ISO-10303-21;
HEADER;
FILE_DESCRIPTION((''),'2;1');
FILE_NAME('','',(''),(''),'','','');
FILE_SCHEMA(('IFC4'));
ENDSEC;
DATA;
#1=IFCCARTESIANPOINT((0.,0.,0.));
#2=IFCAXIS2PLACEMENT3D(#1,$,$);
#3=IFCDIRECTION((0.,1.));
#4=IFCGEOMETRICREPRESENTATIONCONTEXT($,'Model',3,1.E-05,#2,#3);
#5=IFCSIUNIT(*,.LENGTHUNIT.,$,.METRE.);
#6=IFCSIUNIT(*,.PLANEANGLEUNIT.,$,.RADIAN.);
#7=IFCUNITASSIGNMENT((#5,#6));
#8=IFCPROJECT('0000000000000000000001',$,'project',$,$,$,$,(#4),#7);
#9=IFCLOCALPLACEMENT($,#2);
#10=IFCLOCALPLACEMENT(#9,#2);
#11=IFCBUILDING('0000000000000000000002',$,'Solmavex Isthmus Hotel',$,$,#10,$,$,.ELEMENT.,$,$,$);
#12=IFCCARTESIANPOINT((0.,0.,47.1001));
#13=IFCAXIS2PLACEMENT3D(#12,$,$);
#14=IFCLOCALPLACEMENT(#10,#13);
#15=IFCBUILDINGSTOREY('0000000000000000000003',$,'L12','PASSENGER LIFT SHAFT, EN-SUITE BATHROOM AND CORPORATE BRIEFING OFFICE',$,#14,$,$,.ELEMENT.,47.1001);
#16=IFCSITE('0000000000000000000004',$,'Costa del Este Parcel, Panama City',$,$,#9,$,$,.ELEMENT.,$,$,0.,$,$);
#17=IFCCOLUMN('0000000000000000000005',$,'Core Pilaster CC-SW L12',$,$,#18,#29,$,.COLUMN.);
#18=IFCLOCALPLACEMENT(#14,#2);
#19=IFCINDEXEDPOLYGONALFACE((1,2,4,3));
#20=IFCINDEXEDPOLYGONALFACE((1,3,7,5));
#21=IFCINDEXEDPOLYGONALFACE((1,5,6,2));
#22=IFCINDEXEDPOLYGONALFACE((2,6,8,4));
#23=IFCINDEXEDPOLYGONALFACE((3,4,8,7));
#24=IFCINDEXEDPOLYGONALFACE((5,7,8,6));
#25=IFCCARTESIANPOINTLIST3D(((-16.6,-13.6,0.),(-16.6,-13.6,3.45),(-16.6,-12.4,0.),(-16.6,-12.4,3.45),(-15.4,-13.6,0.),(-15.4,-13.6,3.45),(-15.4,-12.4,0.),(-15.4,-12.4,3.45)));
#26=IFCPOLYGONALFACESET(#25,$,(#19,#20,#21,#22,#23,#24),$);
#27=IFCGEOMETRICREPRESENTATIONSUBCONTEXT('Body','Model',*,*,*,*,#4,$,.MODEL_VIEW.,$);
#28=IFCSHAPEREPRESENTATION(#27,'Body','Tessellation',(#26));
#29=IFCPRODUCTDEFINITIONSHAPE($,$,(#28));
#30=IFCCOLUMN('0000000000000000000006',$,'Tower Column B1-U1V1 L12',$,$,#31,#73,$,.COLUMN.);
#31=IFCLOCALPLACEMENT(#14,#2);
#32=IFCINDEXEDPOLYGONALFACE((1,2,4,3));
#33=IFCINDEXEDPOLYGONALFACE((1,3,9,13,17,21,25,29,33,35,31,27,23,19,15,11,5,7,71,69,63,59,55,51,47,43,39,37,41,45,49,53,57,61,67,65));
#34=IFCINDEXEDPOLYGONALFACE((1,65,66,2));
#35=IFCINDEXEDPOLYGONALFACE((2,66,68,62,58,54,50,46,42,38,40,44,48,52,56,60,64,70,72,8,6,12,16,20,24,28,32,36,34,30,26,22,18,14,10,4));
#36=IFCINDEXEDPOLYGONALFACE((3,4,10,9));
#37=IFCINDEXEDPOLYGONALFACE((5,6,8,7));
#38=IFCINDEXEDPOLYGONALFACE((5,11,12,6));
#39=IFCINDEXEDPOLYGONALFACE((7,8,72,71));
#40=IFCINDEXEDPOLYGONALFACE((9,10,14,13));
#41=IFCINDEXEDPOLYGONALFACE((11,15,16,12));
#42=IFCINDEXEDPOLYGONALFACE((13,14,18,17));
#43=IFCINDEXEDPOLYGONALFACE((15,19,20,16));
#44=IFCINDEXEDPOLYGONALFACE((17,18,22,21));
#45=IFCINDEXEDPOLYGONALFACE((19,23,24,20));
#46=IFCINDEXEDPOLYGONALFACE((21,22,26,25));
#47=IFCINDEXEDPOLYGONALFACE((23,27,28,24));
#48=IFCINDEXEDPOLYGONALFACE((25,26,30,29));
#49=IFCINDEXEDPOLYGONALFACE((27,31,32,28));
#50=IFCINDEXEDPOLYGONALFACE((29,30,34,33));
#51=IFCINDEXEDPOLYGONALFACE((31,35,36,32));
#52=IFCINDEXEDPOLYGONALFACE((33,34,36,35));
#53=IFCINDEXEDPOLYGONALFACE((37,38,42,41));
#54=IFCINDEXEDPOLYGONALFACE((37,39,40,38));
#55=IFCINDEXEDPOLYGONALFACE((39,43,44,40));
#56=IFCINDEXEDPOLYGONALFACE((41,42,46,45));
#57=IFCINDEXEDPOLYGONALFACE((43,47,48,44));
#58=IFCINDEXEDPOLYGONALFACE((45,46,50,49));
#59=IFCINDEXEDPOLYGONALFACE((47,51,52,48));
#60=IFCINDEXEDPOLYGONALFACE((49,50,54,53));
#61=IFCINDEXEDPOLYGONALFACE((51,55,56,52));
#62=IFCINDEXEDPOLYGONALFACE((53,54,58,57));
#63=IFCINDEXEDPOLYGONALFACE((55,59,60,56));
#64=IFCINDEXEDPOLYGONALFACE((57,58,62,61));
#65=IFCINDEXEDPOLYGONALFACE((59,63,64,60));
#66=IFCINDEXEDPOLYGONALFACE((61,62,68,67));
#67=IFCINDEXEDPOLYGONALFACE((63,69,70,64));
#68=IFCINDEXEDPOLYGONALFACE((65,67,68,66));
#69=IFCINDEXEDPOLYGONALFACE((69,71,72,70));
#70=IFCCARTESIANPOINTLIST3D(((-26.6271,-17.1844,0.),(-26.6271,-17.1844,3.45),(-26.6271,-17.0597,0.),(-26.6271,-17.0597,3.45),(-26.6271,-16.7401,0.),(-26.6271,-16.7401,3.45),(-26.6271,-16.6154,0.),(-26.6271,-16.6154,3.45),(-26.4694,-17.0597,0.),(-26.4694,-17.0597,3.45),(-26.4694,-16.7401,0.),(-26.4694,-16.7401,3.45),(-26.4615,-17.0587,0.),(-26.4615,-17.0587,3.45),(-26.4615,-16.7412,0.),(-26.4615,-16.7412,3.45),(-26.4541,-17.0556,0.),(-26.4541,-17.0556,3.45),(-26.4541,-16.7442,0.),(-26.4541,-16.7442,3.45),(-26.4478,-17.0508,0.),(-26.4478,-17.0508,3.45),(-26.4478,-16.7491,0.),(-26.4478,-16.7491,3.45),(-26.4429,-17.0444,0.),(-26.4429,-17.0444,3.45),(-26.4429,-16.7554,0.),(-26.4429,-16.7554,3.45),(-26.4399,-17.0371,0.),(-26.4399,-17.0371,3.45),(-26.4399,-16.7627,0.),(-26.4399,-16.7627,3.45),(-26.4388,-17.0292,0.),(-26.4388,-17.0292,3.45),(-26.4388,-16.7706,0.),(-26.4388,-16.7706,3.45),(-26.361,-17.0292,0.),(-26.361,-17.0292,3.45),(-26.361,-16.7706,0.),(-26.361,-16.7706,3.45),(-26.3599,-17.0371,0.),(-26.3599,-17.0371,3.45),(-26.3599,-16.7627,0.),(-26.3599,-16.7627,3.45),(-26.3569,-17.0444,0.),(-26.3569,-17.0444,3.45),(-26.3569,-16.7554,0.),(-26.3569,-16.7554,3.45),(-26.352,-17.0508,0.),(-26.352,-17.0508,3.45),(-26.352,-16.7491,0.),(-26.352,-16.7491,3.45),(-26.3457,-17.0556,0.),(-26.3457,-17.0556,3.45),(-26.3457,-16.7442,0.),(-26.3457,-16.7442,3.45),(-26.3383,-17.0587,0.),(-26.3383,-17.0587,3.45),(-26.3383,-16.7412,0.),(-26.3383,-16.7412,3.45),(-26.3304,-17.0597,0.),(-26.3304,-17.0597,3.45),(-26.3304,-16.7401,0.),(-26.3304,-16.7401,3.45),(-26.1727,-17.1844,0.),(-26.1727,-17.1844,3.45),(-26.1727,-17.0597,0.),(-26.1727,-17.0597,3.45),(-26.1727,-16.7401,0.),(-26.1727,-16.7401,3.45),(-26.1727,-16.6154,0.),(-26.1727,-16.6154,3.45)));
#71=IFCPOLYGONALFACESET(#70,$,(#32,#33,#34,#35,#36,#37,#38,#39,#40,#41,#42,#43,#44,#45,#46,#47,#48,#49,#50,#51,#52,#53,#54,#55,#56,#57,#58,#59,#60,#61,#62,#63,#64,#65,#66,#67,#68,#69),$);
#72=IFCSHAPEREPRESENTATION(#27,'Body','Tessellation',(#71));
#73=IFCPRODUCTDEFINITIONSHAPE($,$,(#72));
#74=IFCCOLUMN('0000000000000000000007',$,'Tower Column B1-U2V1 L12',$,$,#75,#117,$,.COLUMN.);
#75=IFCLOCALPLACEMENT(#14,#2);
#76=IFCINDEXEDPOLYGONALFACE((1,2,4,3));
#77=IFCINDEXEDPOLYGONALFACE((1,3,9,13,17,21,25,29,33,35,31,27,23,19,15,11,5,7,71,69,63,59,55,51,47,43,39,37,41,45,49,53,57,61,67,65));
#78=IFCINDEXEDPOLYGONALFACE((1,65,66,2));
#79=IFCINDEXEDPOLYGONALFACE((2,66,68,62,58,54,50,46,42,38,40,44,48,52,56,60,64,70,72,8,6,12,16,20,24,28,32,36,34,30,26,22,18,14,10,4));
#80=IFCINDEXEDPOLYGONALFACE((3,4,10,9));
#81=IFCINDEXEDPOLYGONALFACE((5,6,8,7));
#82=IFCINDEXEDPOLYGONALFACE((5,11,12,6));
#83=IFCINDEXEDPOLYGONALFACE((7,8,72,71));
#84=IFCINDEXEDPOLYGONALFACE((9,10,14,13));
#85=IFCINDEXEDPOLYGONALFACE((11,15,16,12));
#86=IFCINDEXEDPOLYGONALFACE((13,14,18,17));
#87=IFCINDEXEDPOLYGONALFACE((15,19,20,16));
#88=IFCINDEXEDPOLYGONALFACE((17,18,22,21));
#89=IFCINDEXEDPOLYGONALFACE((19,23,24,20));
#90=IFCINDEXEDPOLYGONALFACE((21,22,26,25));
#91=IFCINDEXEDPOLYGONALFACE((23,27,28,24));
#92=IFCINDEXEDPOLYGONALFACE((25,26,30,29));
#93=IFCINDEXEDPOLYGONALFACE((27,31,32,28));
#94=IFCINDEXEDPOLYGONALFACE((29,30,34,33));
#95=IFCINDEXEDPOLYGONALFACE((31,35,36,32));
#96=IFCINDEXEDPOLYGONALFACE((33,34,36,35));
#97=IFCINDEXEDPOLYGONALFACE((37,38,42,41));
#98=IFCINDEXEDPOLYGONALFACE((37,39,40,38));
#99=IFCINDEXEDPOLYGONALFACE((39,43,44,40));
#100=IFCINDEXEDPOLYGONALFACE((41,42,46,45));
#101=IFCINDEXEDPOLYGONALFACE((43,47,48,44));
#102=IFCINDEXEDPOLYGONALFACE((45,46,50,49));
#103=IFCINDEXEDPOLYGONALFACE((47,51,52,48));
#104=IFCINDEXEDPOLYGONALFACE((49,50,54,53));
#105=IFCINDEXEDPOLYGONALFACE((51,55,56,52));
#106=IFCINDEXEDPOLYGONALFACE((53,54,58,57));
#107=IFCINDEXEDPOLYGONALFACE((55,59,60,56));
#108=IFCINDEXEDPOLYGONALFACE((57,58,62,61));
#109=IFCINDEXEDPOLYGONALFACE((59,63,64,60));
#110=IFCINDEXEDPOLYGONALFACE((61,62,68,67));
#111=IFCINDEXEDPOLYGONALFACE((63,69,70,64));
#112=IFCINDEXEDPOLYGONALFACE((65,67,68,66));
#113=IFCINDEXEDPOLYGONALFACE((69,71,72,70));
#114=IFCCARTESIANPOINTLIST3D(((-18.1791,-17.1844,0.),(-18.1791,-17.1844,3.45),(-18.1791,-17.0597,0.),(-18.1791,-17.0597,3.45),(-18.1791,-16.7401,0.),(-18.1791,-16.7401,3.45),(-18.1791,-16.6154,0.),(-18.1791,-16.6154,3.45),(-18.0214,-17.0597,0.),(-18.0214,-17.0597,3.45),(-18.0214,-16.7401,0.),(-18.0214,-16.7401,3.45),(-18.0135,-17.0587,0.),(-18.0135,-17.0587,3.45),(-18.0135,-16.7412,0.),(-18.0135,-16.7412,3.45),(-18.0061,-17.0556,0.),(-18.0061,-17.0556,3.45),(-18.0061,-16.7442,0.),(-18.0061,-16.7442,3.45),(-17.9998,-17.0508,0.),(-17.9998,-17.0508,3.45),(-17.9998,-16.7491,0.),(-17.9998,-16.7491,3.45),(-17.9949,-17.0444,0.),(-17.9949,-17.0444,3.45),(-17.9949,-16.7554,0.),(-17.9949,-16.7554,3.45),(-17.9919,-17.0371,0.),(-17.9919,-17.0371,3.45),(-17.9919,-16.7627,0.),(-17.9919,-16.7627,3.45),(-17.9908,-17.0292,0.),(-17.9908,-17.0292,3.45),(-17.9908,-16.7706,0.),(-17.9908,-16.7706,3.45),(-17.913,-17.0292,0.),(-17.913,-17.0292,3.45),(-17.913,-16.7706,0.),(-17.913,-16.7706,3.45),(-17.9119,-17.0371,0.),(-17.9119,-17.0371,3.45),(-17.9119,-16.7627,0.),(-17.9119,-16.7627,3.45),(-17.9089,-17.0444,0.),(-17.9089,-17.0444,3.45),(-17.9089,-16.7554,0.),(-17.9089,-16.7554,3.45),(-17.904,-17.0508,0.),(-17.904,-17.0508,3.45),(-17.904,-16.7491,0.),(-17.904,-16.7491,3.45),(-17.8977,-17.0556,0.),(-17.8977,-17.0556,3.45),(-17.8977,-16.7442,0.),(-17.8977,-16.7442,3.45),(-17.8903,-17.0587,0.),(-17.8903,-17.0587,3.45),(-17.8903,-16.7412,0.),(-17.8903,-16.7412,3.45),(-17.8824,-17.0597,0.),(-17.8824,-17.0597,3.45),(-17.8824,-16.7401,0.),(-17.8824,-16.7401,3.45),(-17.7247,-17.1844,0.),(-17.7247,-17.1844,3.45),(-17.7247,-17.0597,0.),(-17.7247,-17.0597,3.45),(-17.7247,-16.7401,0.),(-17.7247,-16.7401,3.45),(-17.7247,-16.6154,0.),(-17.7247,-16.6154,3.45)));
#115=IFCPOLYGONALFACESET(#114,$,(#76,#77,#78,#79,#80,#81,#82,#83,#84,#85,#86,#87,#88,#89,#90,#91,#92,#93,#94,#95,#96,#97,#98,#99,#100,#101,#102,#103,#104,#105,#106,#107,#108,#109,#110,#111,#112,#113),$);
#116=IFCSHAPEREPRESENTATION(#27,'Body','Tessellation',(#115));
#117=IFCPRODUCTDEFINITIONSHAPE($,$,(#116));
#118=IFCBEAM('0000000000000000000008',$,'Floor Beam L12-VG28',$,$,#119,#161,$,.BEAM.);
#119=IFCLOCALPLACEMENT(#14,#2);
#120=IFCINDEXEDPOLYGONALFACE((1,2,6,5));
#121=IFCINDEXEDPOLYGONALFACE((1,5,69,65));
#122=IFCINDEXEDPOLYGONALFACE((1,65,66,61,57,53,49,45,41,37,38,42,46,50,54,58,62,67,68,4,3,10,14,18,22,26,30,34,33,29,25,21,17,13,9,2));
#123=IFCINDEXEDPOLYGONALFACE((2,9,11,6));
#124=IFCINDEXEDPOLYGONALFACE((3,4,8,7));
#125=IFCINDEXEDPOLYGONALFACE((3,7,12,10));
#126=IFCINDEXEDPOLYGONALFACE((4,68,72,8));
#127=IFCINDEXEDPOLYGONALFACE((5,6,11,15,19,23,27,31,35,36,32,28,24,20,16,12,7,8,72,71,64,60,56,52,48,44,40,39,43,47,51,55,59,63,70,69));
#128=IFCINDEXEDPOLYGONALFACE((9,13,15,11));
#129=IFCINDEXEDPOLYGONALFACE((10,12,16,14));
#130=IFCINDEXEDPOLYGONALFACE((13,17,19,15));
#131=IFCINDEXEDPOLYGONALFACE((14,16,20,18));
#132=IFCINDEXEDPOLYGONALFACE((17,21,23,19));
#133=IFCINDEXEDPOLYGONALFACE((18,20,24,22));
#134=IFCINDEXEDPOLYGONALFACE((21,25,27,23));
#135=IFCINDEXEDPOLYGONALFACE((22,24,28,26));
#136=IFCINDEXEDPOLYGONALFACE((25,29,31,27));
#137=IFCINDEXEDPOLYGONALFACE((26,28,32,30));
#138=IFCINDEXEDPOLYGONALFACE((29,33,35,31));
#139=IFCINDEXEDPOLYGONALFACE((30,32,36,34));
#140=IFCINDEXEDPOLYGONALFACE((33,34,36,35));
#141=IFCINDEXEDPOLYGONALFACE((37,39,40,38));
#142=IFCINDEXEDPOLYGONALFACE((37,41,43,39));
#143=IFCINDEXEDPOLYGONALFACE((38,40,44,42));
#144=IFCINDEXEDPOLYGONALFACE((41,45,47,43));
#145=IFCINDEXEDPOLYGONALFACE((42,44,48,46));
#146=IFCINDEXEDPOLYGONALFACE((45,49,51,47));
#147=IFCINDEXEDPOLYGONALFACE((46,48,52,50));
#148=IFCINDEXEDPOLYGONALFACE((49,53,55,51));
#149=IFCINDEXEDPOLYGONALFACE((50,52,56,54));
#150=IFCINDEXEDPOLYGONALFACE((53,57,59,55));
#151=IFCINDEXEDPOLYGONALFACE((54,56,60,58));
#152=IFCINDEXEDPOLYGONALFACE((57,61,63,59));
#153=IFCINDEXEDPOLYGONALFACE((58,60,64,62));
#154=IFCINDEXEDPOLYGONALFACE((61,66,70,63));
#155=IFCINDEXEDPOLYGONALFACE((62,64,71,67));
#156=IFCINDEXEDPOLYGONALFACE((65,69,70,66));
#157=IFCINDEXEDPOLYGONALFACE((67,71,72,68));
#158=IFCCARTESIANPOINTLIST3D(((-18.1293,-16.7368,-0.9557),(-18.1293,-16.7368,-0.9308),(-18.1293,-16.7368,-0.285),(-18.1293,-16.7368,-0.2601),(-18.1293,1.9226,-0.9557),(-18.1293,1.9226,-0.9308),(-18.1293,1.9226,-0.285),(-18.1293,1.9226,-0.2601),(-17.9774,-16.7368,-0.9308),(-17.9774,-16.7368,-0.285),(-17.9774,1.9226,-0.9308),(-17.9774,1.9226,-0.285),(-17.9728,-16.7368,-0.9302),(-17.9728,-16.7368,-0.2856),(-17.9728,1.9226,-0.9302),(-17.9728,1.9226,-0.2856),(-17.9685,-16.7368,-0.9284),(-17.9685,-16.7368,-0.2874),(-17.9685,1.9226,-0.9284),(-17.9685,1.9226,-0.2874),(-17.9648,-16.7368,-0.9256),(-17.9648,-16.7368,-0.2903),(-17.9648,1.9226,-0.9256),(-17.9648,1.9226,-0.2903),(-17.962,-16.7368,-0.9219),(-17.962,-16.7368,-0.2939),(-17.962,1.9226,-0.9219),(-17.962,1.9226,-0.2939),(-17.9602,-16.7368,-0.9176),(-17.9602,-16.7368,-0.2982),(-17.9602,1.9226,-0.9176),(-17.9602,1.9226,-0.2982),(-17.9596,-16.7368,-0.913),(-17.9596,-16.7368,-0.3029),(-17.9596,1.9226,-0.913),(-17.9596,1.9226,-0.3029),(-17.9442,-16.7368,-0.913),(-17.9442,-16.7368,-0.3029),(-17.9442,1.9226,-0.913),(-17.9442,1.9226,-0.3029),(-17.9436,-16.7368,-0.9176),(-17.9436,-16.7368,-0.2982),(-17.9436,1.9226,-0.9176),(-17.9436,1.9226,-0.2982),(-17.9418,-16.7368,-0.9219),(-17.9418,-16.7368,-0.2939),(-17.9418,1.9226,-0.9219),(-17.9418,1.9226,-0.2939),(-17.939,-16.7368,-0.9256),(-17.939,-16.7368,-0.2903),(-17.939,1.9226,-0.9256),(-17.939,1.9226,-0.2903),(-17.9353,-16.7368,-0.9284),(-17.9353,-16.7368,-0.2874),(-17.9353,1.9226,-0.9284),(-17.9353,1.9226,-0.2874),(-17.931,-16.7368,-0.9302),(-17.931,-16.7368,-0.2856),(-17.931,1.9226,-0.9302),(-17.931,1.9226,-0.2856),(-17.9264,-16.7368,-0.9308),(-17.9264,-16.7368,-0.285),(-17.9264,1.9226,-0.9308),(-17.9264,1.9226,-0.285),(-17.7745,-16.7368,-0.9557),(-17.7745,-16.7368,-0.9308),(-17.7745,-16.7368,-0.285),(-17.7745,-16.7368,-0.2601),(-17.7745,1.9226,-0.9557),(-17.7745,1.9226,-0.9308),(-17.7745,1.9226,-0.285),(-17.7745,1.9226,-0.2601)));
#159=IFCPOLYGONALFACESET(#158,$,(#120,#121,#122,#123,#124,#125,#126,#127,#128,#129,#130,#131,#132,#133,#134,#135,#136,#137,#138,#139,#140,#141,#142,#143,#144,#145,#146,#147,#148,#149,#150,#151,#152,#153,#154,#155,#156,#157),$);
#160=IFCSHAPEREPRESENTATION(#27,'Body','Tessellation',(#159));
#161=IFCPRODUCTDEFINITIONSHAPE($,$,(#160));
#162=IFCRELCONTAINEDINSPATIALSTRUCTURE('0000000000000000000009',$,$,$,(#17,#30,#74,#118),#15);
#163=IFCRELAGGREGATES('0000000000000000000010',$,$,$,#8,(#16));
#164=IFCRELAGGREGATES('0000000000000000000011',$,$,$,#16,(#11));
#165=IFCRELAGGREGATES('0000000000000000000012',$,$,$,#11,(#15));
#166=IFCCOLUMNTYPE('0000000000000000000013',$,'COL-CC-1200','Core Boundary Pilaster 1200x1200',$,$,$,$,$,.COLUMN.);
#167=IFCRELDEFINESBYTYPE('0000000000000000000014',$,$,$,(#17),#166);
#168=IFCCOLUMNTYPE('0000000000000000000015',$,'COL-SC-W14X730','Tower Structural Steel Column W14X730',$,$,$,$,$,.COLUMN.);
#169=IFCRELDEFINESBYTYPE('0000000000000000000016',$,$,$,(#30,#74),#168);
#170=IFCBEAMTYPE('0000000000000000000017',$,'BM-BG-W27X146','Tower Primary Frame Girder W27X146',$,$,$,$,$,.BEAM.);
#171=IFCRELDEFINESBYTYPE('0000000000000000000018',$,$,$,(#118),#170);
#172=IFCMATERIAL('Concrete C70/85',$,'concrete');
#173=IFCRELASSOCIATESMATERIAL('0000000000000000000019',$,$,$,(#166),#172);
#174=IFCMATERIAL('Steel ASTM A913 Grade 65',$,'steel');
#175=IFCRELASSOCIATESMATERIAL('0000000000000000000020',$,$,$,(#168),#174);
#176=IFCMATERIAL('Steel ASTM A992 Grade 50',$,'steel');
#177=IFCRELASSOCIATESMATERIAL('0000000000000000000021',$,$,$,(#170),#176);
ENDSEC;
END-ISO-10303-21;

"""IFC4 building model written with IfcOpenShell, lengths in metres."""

from ifc_helpers import new_model, si_unit, direction, frame, origin, origin_2d, place, context, subcontext, project, spatial, rectangle, i_section, extrude, material, material_profile, profile_set, type_object, element, save


model = new_model("IFC4")

# Units and contexts
model_context = context("Model", 3, precision=1e-05, world=origin(), true_north=direction((0.0, 1.0)))
body_context = subcontext(model_context, "Body", "Model", "MODEL_VIEW")
ifc_project = project(units=[si_unit("LENGTHUNIT", "METRE"), si_unit("PLANEANGLEUNIT", "RADIAN")], contexts=[model_context])

# Site, building, storey
site_placement = place(None, origin())
site = spatial("IfcSite", under=ifc_project, at=site_placement, Name="Costa del Este Parcel, Panama City", CompositionType="ELEMENT", RefElevation=0.0)
building_placement = place(site_placement, origin())
building = spatial("IfcBuilding", under=site, at=building_placement, Name="Solmavex Isthmus Hotel", CompositionType="ELEMENT")
storey_placement = place(building_placement, frame((0.0, 0.0, 47.1001)))
storey = spatial("IfcBuildingStorey", under=building, at=storey_placement, Name="L12", Description="PASSENGER LIFT SHAFT, EN-SUITE BATHROOM AND CORPORATE BRIEFING OFFICE", CompositionType="ELEMENT", Elevation=47.1001)

# Columns
ifc_material_1 = material(Name="Concrete C70/85", Category="concrete")
ifc_material_profile_1 = material_profile(ifc_material_1, rectangle(XDim=1.2, YDim=1.2, at=origin_2d()), Name="RC1200X1200")
ifc_profile_set_1 = profile_set([ifc_material_profile_1], Name="Concrete C70/85")
column_type_1 = type_object("IfcColumnType", Name="COL-CC-1200", Description="Core Boundary Pilaster 1200x1200", PredefinedType="COLUMN", material=ifc_profile_set_1)
column_placement = place(storey_placement, frame((-16.0, -13.0, 0.0), z_axis=(0.0, 0.0, 1.0), x_axis=(1.0, 0.0, 0.0)))
element("IfcColumn", 1, at=column_placement, inside=storey, type_object=column_type_1, Name="Core Pilaster CC-SW L12", PredefinedType="COLUMN", context=body_context, shape_type="SweptSolid", body=[
    extrude(rectangle(XDim=1.2, YDim=1.2, at=origin_2d()), origin(), (0.0, 0.0, 1.0), 3.45),
])
ifc_material_2 = material(Name="Steel ASTM A913 Grade 65", Category="steel")
ifc_material_profile_2 = material_profile(ifc_material_2, i_section(OverallWidth=0.4543, OverallDepth=0.5691, WebThickness=0.0779, FlangeThickness=0.1248, FilletRadius=0.0305, at=origin_2d()), Name="W14X730")
ifc_profile_set_2 = profile_set([ifc_material_profile_2], Name="Steel ASTM A913 Grade 65")
column_type_2 = type_object("IfcColumnType", Name="COL-SC-W14X730", Description="Tower Structural Steel Column W14X730", PredefinedType="COLUMN", material=ifc_profile_set_2)
for number, where, z_axis, x_axis, name in (
    (2, (-26.3999, -16.8999, 0.0), (0.0, 0.0, 1.0), (1.0, 0.0, 0.0), "Tower Column B1-U1V1 L12"),
    (3, (-17.9519, -16.8999, 0.0), (0.0, 0.0, 1.0), (1.0, 0.0, 0.0), "Tower Column B1-U2V1 L12"),
):
    element("IfcColumn", number, at=place(storey_placement, frame(where, z_axis=z_axis, x_axis=x_axis)), inside=storey, type_object=column_type_2, Name=name, PredefinedType="COLUMN", context=body_context, shape_type="SweptSolid", body=[
        extrude(i_section(OverallWidth=0.4543, OverallDepth=0.5691, WebThickness=0.0779, FlangeThickness=0.1248, FilletRadius=0.0305, at=origin_2d()), origin(), (0.0, 0.0, 1.0), 3.45),
    ])

# Beam
ifc_material_3 = material(Name="Steel ASTM A992 Grade 50", Category="steel")
ifc_material_profile_3 = material_profile(ifc_material_3, i_section(OverallWidth=0.3547, OverallDepth=0.6956, WebThickness=0.0154, FlangeThickness=0.0249, FilletRadius=0.0178, at=origin_2d()), Name="W27X146")
ifc_profile_set_3 = profile_set([ifc_material_profile_3], Name="Steel ASTM A992 Grade 50")
beam_type_1 = type_object("IfcBeamType", Name="BM-BG-W27X146", Description="Tower Primary Frame Girder W27X146", PredefinedType="BEAM", material=ifc_profile_set_3)
beam_1_placement = place(storey_placement, frame((-17.9519, -16.7368, -0.6079), z_axis=(0.0, 1.0, 0.0), x_axis=(-1.0, 0.0, 0.0)))
element("IfcBeam", 4, at=beam_1_placement, inside=storey, type_object=beam_type_1, Name="Floor Beam L12-VG28", PredefinedType="BEAM", context=body_context, shape_type="SweptSolid", body=[
    extrude(i_section(OverallWidth=0.3547, OverallDepth=0.6956, WebThickness=0.0154, FlangeThickness=0.0249, FilletRadius=0.0178, at=origin_2d()), origin(), (0.0, 0.0, 1.0), 18.6594),
])

save(model, "model.ifc")
